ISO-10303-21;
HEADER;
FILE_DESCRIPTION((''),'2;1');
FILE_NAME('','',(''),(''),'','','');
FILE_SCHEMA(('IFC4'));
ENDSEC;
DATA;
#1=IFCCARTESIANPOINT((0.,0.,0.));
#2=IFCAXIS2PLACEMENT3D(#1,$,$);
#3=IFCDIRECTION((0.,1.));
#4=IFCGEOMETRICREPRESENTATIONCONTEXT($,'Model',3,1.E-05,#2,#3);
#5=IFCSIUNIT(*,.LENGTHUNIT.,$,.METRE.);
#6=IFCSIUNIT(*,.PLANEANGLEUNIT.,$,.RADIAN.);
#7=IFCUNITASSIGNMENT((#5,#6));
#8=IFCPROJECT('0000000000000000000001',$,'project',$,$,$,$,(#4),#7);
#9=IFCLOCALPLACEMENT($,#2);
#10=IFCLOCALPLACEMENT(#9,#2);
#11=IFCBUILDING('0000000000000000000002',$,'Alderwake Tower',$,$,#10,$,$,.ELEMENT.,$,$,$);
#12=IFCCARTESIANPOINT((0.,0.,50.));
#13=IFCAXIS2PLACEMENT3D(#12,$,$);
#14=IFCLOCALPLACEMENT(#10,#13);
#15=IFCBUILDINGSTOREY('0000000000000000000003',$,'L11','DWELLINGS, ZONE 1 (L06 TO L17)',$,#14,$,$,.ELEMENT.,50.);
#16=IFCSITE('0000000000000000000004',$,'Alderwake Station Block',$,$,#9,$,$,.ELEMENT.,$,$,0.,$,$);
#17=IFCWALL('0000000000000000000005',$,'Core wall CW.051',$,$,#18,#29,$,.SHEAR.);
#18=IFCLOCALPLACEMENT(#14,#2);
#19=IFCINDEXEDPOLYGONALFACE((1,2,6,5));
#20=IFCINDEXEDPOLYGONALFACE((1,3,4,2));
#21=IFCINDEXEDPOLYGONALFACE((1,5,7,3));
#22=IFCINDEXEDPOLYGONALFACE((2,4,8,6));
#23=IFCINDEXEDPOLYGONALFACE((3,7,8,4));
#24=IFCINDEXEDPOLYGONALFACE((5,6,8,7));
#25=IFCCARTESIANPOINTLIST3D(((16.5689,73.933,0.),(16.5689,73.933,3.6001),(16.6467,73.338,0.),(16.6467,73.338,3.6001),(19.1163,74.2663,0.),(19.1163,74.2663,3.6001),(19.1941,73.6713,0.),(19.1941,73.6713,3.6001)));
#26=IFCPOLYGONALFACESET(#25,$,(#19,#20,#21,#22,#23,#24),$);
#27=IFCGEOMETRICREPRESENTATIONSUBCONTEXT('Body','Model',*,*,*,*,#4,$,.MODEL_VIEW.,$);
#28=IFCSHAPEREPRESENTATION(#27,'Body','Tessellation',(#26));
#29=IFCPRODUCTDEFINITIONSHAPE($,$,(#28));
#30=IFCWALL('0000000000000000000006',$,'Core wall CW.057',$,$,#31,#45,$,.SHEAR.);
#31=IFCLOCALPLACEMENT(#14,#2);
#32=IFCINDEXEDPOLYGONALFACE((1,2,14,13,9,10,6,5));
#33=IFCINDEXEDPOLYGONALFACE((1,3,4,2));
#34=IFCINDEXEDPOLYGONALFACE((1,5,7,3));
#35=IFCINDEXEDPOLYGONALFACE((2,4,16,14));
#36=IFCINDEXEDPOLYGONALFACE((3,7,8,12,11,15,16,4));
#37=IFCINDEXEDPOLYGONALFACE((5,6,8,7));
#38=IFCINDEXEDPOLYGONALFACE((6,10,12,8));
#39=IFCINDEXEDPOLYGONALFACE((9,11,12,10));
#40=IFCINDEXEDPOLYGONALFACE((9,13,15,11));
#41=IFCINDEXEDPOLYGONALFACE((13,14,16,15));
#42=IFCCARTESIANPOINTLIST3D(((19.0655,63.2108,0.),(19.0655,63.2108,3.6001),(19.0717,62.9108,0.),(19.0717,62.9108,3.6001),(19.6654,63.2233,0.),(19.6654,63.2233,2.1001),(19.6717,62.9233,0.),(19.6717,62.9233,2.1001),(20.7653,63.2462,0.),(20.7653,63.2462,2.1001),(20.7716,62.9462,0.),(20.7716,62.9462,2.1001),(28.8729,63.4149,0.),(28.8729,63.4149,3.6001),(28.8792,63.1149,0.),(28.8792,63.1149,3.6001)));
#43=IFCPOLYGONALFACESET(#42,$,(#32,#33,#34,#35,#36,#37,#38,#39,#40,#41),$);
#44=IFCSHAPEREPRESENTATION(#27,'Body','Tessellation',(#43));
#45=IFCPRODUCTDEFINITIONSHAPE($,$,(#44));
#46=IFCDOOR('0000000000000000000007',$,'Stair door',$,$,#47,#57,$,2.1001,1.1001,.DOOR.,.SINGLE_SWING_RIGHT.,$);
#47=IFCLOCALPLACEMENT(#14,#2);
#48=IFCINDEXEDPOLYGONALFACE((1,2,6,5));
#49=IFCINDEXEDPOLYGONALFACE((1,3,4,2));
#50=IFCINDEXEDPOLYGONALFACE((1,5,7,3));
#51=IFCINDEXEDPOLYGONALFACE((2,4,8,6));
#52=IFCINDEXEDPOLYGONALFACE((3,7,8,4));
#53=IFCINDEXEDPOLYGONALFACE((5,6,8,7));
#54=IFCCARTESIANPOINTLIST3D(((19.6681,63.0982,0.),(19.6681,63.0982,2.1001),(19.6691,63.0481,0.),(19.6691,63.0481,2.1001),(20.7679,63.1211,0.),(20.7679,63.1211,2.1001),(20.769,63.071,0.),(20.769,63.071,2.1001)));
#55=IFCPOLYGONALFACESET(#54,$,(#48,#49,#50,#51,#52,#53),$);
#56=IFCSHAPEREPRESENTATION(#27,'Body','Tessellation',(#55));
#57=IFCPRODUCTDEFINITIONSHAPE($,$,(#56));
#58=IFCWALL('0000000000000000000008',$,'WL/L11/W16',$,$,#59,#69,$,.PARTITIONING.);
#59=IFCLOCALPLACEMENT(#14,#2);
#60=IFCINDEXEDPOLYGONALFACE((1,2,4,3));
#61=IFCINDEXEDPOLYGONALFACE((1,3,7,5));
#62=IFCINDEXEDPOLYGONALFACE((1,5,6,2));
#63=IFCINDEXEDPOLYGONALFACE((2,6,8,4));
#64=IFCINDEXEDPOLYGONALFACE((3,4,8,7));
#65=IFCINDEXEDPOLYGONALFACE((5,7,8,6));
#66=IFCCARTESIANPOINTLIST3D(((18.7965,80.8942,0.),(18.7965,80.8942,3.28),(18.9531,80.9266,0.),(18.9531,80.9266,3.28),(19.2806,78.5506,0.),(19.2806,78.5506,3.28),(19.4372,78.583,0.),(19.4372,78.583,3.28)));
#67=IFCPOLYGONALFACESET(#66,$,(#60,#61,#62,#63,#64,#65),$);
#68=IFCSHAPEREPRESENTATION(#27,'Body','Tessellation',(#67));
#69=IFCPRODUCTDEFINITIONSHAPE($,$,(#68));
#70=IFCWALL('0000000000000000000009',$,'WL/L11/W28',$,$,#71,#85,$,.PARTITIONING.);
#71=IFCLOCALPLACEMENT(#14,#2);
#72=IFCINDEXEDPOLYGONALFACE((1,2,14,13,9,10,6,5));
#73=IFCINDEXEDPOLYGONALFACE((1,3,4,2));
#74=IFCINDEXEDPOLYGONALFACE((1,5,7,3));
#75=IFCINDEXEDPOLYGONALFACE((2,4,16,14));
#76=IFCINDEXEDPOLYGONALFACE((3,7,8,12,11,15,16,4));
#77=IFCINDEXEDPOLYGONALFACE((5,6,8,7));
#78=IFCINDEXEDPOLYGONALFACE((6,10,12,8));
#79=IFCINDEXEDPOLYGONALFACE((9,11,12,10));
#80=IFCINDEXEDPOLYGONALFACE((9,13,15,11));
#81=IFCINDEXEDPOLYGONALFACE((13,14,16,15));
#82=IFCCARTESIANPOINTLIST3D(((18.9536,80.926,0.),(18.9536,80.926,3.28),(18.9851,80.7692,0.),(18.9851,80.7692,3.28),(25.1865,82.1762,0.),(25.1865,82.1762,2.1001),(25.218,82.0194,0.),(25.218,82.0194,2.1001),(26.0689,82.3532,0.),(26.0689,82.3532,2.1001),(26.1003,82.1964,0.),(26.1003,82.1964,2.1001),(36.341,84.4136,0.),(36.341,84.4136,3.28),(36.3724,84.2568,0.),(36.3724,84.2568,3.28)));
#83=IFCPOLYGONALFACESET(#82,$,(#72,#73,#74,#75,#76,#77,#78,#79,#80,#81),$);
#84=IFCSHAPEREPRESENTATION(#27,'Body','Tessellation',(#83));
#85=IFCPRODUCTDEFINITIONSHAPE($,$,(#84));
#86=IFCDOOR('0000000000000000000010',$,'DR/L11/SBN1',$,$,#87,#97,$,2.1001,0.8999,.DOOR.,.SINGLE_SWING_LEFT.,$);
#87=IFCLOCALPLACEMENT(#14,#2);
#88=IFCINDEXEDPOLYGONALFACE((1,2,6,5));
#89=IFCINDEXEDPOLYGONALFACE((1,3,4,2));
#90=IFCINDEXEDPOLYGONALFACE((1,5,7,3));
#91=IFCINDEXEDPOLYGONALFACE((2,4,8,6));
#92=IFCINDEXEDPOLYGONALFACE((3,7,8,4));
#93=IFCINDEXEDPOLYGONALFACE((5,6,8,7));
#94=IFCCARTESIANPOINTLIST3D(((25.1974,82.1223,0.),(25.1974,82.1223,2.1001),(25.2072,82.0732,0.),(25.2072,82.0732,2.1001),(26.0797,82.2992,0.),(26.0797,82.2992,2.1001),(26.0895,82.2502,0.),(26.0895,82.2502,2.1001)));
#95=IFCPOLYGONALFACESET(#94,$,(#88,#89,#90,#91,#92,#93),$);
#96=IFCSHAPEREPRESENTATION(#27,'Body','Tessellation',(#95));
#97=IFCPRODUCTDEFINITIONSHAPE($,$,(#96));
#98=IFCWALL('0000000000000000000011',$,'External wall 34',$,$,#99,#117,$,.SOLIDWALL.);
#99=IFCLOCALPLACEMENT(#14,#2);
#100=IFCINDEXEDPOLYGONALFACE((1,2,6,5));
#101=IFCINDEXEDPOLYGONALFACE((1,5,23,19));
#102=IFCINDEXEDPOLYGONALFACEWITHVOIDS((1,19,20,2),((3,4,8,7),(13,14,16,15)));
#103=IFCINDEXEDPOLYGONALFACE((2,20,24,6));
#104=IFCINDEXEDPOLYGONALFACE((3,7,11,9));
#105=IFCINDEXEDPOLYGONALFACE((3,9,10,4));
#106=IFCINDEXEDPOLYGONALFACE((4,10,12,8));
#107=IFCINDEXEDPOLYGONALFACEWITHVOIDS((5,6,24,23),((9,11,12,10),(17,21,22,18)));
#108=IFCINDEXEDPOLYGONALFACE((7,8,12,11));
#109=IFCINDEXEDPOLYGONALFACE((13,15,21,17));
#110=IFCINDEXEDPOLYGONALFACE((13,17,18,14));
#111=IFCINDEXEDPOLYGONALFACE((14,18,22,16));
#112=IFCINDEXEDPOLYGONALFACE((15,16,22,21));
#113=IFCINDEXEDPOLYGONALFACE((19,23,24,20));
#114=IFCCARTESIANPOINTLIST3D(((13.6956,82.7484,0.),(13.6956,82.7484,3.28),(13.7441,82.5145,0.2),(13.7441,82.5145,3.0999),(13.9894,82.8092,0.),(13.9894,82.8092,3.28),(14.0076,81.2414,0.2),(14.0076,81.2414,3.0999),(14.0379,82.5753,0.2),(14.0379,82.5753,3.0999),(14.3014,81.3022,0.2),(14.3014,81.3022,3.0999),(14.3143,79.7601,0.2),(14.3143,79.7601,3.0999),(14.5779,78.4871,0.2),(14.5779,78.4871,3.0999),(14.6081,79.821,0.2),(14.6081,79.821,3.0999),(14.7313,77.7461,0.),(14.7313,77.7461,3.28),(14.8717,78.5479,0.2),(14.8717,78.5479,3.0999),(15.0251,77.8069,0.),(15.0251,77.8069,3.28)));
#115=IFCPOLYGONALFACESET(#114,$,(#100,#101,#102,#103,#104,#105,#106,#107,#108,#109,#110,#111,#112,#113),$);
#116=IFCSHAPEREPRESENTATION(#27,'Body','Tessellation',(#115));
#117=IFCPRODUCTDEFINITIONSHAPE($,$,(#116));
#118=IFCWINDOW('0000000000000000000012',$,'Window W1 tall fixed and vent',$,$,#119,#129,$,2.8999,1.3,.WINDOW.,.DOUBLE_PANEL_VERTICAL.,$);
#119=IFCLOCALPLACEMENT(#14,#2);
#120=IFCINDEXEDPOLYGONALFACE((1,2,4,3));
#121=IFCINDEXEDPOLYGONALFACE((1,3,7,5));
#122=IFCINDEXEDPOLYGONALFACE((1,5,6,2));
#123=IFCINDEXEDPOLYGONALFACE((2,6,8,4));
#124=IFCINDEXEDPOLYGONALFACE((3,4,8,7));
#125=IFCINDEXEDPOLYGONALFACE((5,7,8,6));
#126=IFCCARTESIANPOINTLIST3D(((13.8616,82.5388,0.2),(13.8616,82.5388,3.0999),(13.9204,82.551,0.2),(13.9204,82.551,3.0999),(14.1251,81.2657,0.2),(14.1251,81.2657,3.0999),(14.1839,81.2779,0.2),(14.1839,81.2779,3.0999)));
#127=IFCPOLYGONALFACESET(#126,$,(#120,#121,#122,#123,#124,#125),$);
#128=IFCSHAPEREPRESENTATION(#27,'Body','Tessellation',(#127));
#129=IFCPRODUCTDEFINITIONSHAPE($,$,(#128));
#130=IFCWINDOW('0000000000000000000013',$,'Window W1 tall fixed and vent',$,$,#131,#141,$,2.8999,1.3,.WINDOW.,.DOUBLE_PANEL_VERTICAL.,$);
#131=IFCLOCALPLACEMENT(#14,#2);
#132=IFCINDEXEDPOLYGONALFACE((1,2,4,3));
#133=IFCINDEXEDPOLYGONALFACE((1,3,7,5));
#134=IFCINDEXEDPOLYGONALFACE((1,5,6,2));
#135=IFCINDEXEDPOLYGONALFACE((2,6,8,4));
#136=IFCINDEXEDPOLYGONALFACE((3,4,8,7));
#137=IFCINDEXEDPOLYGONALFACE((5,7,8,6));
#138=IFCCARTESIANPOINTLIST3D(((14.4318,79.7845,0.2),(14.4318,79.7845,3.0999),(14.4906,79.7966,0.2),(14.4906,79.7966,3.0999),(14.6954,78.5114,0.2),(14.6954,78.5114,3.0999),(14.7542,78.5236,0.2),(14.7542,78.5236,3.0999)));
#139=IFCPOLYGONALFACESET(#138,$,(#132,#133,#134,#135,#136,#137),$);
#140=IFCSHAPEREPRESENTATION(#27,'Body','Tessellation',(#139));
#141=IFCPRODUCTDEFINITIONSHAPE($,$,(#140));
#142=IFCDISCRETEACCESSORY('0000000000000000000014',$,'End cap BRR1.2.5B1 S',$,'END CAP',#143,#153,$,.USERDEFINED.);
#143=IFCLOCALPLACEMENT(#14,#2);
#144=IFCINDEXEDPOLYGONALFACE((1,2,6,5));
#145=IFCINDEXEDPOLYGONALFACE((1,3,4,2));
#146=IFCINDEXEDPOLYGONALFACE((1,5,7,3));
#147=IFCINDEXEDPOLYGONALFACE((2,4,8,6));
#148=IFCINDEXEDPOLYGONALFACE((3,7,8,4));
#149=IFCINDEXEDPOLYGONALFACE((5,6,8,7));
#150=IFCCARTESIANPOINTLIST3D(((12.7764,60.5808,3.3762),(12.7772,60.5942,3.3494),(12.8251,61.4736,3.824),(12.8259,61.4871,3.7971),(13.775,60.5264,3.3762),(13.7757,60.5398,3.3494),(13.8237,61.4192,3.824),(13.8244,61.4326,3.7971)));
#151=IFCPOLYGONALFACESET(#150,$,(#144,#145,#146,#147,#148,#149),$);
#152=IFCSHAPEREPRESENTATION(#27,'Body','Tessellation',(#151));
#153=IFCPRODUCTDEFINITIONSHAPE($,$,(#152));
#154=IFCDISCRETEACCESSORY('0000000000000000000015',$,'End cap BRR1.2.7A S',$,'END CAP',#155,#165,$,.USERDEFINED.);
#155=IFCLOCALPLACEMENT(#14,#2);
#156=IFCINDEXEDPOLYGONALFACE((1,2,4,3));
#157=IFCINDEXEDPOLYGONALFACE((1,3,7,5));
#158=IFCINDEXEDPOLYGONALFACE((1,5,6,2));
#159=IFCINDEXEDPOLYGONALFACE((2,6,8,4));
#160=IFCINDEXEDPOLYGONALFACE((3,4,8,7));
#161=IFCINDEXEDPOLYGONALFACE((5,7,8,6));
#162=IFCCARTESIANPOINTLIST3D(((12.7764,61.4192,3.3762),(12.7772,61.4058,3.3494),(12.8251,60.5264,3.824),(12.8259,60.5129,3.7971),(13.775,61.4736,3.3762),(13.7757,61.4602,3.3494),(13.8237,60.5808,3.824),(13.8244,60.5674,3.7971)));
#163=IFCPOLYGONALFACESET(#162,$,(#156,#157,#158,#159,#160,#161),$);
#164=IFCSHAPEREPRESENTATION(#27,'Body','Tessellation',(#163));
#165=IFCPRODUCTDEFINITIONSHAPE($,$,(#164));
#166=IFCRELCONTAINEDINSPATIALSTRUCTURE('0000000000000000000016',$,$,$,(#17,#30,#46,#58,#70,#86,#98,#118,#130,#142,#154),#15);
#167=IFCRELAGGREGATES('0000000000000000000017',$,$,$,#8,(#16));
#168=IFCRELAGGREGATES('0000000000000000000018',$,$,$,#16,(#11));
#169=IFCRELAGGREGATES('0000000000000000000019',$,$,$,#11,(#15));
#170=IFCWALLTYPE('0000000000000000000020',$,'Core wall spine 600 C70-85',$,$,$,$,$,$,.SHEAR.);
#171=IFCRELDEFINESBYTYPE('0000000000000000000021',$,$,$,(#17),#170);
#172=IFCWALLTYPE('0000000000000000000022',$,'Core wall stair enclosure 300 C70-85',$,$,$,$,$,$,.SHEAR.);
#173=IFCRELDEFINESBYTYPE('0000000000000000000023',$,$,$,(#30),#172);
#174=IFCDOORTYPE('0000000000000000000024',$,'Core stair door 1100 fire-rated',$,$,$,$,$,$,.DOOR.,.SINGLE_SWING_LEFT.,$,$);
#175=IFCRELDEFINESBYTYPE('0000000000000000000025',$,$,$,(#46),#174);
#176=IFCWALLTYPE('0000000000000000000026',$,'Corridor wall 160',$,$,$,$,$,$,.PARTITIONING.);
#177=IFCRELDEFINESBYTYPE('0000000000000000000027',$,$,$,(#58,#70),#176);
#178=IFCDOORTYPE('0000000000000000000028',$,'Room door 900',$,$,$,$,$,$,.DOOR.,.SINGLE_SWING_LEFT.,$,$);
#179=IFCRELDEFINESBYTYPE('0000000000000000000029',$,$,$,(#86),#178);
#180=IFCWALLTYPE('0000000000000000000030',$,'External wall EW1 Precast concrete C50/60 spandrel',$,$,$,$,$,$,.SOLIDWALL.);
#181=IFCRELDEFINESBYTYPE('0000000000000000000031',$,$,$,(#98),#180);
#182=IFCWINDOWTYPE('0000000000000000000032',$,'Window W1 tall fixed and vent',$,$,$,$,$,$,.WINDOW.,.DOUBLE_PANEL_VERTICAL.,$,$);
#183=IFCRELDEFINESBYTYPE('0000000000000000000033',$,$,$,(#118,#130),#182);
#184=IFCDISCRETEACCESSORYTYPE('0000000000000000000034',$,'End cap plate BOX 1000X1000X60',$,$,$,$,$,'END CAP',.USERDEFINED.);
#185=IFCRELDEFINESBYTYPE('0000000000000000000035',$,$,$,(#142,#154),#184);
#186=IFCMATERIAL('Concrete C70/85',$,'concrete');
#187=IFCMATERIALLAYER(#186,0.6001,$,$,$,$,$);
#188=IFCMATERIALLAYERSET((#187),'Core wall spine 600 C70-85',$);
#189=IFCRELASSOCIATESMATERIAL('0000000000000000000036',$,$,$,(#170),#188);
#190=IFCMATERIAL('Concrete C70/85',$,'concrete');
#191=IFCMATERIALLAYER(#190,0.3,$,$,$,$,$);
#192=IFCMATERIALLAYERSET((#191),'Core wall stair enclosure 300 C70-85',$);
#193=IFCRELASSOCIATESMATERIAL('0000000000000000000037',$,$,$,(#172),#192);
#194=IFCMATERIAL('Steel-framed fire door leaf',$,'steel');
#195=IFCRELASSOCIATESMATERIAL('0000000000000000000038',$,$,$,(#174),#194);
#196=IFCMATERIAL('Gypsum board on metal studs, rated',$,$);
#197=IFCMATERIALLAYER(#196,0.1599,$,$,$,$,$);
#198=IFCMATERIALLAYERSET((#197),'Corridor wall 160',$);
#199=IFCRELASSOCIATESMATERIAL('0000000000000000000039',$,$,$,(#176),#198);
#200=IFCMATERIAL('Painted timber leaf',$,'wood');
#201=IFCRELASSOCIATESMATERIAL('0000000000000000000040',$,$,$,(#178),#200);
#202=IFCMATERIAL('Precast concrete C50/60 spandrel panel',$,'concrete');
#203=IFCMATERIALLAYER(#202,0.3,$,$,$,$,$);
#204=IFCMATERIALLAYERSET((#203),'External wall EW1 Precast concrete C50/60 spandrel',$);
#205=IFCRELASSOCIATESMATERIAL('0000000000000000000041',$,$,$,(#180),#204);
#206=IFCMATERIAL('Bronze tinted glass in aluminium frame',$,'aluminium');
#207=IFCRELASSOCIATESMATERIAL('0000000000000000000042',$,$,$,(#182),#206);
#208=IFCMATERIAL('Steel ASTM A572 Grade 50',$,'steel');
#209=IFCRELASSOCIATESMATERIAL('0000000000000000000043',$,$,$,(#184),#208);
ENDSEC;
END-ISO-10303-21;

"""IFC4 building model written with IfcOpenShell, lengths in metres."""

from ifc_helpers import new_model, si_unit, direction, frame, frame_2d, origin, origin_2d, place, context, subcontext, project, spatial, rectangle, extrude, material, layer, layer_set, material_profile, profile_set, type_object, element, fill, save


model = new_model("IFC4")

# Units and contexts
model_context = context("Model", 3, precision=1e-05, world=origin(), true_north=direction((0.0, 1.0)))
body_context = subcontext(model_context, "Body", "Model", "MODEL_VIEW")
ifc_project = project(units=[si_unit("LENGTHUNIT", "METRE"), si_unit("PLANEANGLEUNIT", "RADIAN")], contexts=[model_context])

# Site, building, storey
site_placement = place(None, origin())
site = spatial("IfcSite", under=ifc_project, at=site_placement, Name="Alderwake Station Block", CompositionType="ELEMENT", RefElevation=0.0)
building_placement = place(site_placement, origin())
building = spatial("IfcBuilding", under=site, at=building_placement, Name="Alderwake Tower", CompositionType="ELEMENT")
storey_placement = place(building_placement, frame((0.0, 0.0, 50.0)))
storey = spatial("IfcBuildingStorey", under=building, at=storey_placement, Name="L11", Description="DWELLINGS, ZONE 1 (L06 TO L17)", CompositionType="ELEMENT", Elevation=50.0)

# Shared definitions
ifc_material_1 = material(Name="Concrete C70/85", Category="concrete")
ifc_layer_1 = layer(ifc_material_1, 0.6001)
ifc_layer_set_1 = layer_set([ifc_layer_1], Name="Core wall spine 600 C70-85")
wall_type_1 = type_object("IfcWallType", Name="Core wall spine 600 C70-85", PredefinedType="SHEAR", material=ifc_layer_set_1)

# Wall
wall_1_placement = place(storey_placement, frame((16.6077, 73.6355, 0.0), z_axis=(0.0, 0.0, 1.0), x_axis=(0.991551, 0.129717, 0.0)))
element("IfcWall", 1, at=wall_1_placement, inside=storey, type_object=wall_type_1, Name="Core wall CW.051", PredefinedType="SHEAR", context=body_context, shape_type="SweptSolid", body=[
    extrude(rectangle(XDim=2.5691, YDim=0.6001, at=frame_2d((1.2847, 0.0))), origin(), (0.0, 0.0, 1.0), 3.6001),
])

# Wall, opening, door
ifc_material_2 = material(Name="Concrete C70/85", Category="concrete")
ifc_layer_2 = layer(ifc_material_2, 0.3)
ifc_layer_set_2 = layer_set([ifc_layer_2], Name="Core wall stair enclosure 300 C70-85")
wall_type_2 = type_object("IfcWallType", Name="Core wall stair enclosure 300 C70-85", PredefinedType="SHEAR", material=ifc_layer_set_2)
wall_2_placement = place(storey_placement, frame((19.0686, 63.0608, 0.0), z_axis=(0.0, 0.0, 1.0), x_axis=(0.999784, 0.020807, 0.0)))
wall_2 = element("IfcWall", 2, at=wall_2_placement, inside=storey, type_object=wall_type_2, Name="Core wall CW.057", PredefinedType="SHEAR", context=body_context, shape_type="SweptSolid", body=[
    extrude(rectangle(XDim=9.8096, YDim=0.3, at=frame_2d((4.9048, 0.0))), origin(), (0.0, 0.0, 1.0), 3.6001),
])
opening_1_placement = place(wall_2_placement, frame((0.6001, 0.0, 0.0)))
opening_1 = element("IfcOpeningElement", 3, at=opening_1_placement, cuts=wall_2, PredefinedType="OPENING", context=body_context, shape_type="SweptSolid", body=[
    extrude(rectangle(XDim=1.1001, YDim=2.1001, at=frame_2d((0.55, 1.05))), frame((0.0, 0.1599, 0.0), z_axis=(0.0, -1.0, 0.0), x_axis=(1.0, 0.0, 0.0)), (0.0, 0.0, 1.0), 0.3201),
])
ifc_material_3 = material(Name="Steel-framed fire door leaf", Category="steel")
door_type_1 = type_object("IfcDoorType", Name="Core stair door 1100 fire-rated", OperationType="SINGLE_SWING_LEFT", PredefinedType="DOOR", material=ifc_material_3)
door_1_placement = place(opening_1_placement, origin())
door_1 = element("IfcDoor", 4, at=door_1_placement, inside=storey, type_object=door_type_1, Name="Stair door", OperationType="SINGLE_SWING_RIGHT", OverallHeight=2.1001, OverallWidth=1.1001, PredefinedType="DOOR", context=body_context, shape_type="SweptSolid", body=[
    extrude(rectangle(XDim=1.1001, YDim=2.1001, at=frame_2d((0.55, 1.05))), frame((0.0, 0.0249, 0.0), z_axis=(0.0, -1.0, 0.0), x_axis=(1.0, 0.0, 0.0)), (0.0, 0.0, 1.0), 0.05),
])
fill(opening_1, door_1)

# Wall
ifc_material_4 = material(Name="Gypsum board on metal studs, rated")
ifc_layer_3 = layer(ifc_material_4, 0.1599)
ifc_layer_set_3 = layer_set([ifc_layer_3], Name="Corridor wall 160")
wall_type_3 = type_object("IfcWallType", Name="Corridor wall 160", PredefinedType="PARTITIONING", material=ifc_layer_set_3)
wall_3_placement = place(storey_placement, frame((18.8748, 80.9104, 0.0), z_axis=(0.0, 0.0, 1.0), x_axis=(0.202312, -0.979321, 0.0)))
element("IfcWall", 5, at=wall_3_placement, inside=storey, type_object=wall_type_3, Name="WL/L11/W16", PredefinedType="PARTITIONING", context=body_context, shape_type="SweptSolid", body=[
    extrude(rectangle(XDim=2.3931, YDim=0.1599, at=frame_2d((1.1965, 0.0))), origin(), (0.0, 0.0, 1.0), 3.28),
])

# Wall, opening, door
wall_4_placement = place(storey_placement, frame((18.9695, 80.8477, 0.0), z_axis=(0.0, 0.0, 1.0), x_axis=(0.980471, 0.196664, 0.0)))
wall_4 = element("IfcWall", 6, at=wall_4_placement, inside=storey, type_object=wall_type_3, Name="WL/L11/W28", PredefinedType="PARTITIONING", context=body_context, shape_type="SweptSolid", body=[
    extrude(rectangle(XDim=17.7336, YDim=0.1599, at=frame_2d((8.8667, 0.0))), origin(), (0.0, 0.0, 1.0), 3.28),
])
opening_2_placement = place(wall_4_placement, frame((6.3569, 0.0, 0.0)))
opening_2 = element("IfcOpeningElement", 7, at=opening_2_placement, cuts=wall_4, PredefinedType="OPENING", context=body_context, shape_type="SweptSolid", body=[
    extrude(rectangle(XDim=0.8999, YDim=2.1001, at=frame_2d((0.45, 1.05))), frame((0.0, 0.0898, 0.0), z_axis=(0.0, -1.0, 0.0), x_axis=(1.0, 0.0, 0.0)), (0.0, 0.0, 1.0), 0.1799),
])
ifc_material_5 = material(Name="Painted timber leaf", Category="wood")
door_type_2 = type_object("IfcDoorType", Name="Room door 900", OperationType="SINGLE_SWING_LEFT", PredefinedType="DOOR", material=ifc_material_5)
door_2_placement = place(opening_2_placement, origin())
door_2 = element("IfcDoor", 8, at=door_2_placement, inside=storey, type_object=door_type_2, Name="DR/L11/SBN1", OperationType="SINGLE_SWING_LEFT", OverallHeight=2.1001, OverallWidth=0.8999, PredefinedType="DOOR", context=body_context, shape_type="SweptSolid", body=[
    extrude(rectangle(XDim=0.8999, YDim=2.1001, at=frame_2d((0.45, 1.05))), frame((0.0, 0.0249, 0.0), z_axis=(0.0, -1.0, 0.0), x_axis=(1.0, 0.0, 0.0)), (0.0, 0.0, 1.0), 0.05),
])
fill(opening_2, door_2)

# Wall, openings, windows
ifc_material_6 = material(Name="Precast concrete C50/60 spandrel panel", Category="concrete")
ifc_layer_4 = layer(ifc_material_6, 0.3)
ifc_layer_set_4 = layer_set([ifc_layer_4], Name="External wall EW1 Precast concrete C50/60 spandrel")
wall_type_4 = type_object("IfcWallType", Name="External wall EW1 Precast concrete C50/60 spandrel", PredefinedType="SOLIDWALL", material=ifc_layer_set_4)
wall_5_placement = place(storey_placement, frame((13.8425, 82.7788, 0.0), z_axis=(0.0, 0.0, 1.0), x_axis=(0.202738, -0.979233, 0.0)))
wall_5 = element("IfcWall", 9, at=wall_5_placement, inside=storey, type_object=wall_type_4, Name="External wall 34", PredefinedType="SOLIDWALL", context=body_context, shape_type="SweptSolid", body=[
    extrude(rectangle(XDim=5.1084, YDim=0.3, at=frame_2d((2.5542, 0.0))), origin(), (0.0, 0.0, 1.0), 3.28),
])
opening_3_placement = place(wall_5_placement, frame((0.239, 0.0, 0.2)))
opening_3 = element("IfcOpeningElement", 10, at=opening_3_placement, cuts=wall_5, PredefinedType="OPENING", context=body_context, shape_type="SweptSolid", body=[
    extrude(rectangle(XDim=1.3, YDim=2.8999, at=frame_2d((0.6499, 1.45))), frame((0.0, 0.1599, 0.0), z_axis=(0.0, -1.0, 0.0), x_axis=(1.0, 0.0, 0.0)), (0.0, 0.0, 1.0), 0.3201),
])
opening_4_placement = place(wall_5_placement, frame((3.0518, 0.0, 0.2)))
opening_4 = element("IfcOpeningElement", 11, at=opening_4_placement, cuts=wall_5, PredefinedType="OPENING", context=body_context, shape_type="SweptSolid", body=[
    extrude(rectangle(XDim=1.3, YDim=2.8999, at=frame_2d((0.6499, 1.45))), frame((0.0, 0.1599, 0.0), z_axis=(0.0, -1.0, 0.0), x_axis=(1.0, 0.0, 0.0)), (0.0, 0.0, 1.0), 0.3201),
])
ifc_material_7 = material(Name="Bronze tinted glass in aluminium frame", Category="aluminium")
window_type = type_object("IfcWindowType", Name="Window W1 tall fixed and vent", PartitioningType="DOUBLE_PANEL_VERTICAL", PredefinedType="WINDOW", material=ifc_material_7)
window_1_placement = place(opening_3_placement, origin())
window_1 = element("IfcWindow", 12, at=window_1_placement, inside=storey, type_object=window_type, Name="Window W1 tall fixed and vent", OverallHeight=2.8999, OverallWidth=1.3, PartitioningType="DOUBLE_PANEL_VERTICAL", PredefinedType="WINDOW", context=body_context, shape_type="SweptSolid", body=[
    extrude(rectangle(XDim=1.3, YDim=2.8999, at=frame_2d((0.6499, 1.45))), frame((0.0, 0.03, 0.0), z_axis=(0.0, -1.0, 0.0), x_axis=(1.0, 0.0, 0.0)), (0.0, 0.0, 1.0), 0.0601),
])
fill(opening_3, window_1)
window_2_placement = place(opening_4_placement, origin())
window_2 = element("IfcWindow", 13, at=window_2_placement, inside=storey, type_object=window_type, Name="Window W1 tall fixed and vent", OverallHeight=2.8999, OverallWidth=1.3, PartitioningType="DOUBLE_PANEL_VERTICAL", PredefinedType="WINDOW", context=body_context, shape_type="SweptSolid", body=[
    extrude(rectangle(XDim=1.3, YDim=2.8999, at=frame_2d((0.6499, 1.45))), frame((0.0, 0.03, 0.0), z_axis=(0.0, -1.0, 0.0), x_axis=(1.0, 0.0, 0.0)), (0.0, 0.0, 1.0), 0.0601),
])
fill(opening_4, window_2)

# Discrete accessories
ifc_material_8 = material(Name="Steel ASTM A572 Grade 50", Category="steel")
ifc_material_profile_1 = material_profile(ifc_material_8, rectangle(XDim=1.0, YDim=1.0, at=origin_2d()), Name="BOX 1000X1000X60 cap")
ifc_profile_set_1 = profile_set([ifc_material_profile_1], Name="Steel ASTM A572 Grade 50")
discrete_accessory_type = type_object("IfcDiscreteAccessoryType", Name="End cap plate BOX 1000X1000X60", ElementType="END CAP", PredefinedType="USERDEFINED", material=ifc_profile_set_1)
for number, where, z_axis, x_axis, name in (
    (14, (13.3, 61.0, 3.6001), (0.024386, 0.447081, -0.894161), (-0.998516, 0.054464, 0.0), "End cap BRR1.2.5B1 S"),
    (15, (13.3, 61.0, 3.6001), (0.024386, -0.447081, -0.894161), (0.998516, 0.054464, 0.0), "End cap BRR1.2.7A S"),
):
    element("IfcDiscreteAccessory", number, at=place(storey_placement, frame(where, z_axis=z_axis, x_axis=x_axis)), inside=storey, type_object=discrete_accessory_type, Name=name, ObjectType="END CAP", PredefinedType="USERDEFINED", context=body_context, shape_type="SweptSolid", body=[
        extrude(rectangle(XDim=1.0, YDim=1.0, at=origin_2d()), origin(), (0.0, 0.0, 1.0), 0.03),
    ])

save(model, "model.ifc")
